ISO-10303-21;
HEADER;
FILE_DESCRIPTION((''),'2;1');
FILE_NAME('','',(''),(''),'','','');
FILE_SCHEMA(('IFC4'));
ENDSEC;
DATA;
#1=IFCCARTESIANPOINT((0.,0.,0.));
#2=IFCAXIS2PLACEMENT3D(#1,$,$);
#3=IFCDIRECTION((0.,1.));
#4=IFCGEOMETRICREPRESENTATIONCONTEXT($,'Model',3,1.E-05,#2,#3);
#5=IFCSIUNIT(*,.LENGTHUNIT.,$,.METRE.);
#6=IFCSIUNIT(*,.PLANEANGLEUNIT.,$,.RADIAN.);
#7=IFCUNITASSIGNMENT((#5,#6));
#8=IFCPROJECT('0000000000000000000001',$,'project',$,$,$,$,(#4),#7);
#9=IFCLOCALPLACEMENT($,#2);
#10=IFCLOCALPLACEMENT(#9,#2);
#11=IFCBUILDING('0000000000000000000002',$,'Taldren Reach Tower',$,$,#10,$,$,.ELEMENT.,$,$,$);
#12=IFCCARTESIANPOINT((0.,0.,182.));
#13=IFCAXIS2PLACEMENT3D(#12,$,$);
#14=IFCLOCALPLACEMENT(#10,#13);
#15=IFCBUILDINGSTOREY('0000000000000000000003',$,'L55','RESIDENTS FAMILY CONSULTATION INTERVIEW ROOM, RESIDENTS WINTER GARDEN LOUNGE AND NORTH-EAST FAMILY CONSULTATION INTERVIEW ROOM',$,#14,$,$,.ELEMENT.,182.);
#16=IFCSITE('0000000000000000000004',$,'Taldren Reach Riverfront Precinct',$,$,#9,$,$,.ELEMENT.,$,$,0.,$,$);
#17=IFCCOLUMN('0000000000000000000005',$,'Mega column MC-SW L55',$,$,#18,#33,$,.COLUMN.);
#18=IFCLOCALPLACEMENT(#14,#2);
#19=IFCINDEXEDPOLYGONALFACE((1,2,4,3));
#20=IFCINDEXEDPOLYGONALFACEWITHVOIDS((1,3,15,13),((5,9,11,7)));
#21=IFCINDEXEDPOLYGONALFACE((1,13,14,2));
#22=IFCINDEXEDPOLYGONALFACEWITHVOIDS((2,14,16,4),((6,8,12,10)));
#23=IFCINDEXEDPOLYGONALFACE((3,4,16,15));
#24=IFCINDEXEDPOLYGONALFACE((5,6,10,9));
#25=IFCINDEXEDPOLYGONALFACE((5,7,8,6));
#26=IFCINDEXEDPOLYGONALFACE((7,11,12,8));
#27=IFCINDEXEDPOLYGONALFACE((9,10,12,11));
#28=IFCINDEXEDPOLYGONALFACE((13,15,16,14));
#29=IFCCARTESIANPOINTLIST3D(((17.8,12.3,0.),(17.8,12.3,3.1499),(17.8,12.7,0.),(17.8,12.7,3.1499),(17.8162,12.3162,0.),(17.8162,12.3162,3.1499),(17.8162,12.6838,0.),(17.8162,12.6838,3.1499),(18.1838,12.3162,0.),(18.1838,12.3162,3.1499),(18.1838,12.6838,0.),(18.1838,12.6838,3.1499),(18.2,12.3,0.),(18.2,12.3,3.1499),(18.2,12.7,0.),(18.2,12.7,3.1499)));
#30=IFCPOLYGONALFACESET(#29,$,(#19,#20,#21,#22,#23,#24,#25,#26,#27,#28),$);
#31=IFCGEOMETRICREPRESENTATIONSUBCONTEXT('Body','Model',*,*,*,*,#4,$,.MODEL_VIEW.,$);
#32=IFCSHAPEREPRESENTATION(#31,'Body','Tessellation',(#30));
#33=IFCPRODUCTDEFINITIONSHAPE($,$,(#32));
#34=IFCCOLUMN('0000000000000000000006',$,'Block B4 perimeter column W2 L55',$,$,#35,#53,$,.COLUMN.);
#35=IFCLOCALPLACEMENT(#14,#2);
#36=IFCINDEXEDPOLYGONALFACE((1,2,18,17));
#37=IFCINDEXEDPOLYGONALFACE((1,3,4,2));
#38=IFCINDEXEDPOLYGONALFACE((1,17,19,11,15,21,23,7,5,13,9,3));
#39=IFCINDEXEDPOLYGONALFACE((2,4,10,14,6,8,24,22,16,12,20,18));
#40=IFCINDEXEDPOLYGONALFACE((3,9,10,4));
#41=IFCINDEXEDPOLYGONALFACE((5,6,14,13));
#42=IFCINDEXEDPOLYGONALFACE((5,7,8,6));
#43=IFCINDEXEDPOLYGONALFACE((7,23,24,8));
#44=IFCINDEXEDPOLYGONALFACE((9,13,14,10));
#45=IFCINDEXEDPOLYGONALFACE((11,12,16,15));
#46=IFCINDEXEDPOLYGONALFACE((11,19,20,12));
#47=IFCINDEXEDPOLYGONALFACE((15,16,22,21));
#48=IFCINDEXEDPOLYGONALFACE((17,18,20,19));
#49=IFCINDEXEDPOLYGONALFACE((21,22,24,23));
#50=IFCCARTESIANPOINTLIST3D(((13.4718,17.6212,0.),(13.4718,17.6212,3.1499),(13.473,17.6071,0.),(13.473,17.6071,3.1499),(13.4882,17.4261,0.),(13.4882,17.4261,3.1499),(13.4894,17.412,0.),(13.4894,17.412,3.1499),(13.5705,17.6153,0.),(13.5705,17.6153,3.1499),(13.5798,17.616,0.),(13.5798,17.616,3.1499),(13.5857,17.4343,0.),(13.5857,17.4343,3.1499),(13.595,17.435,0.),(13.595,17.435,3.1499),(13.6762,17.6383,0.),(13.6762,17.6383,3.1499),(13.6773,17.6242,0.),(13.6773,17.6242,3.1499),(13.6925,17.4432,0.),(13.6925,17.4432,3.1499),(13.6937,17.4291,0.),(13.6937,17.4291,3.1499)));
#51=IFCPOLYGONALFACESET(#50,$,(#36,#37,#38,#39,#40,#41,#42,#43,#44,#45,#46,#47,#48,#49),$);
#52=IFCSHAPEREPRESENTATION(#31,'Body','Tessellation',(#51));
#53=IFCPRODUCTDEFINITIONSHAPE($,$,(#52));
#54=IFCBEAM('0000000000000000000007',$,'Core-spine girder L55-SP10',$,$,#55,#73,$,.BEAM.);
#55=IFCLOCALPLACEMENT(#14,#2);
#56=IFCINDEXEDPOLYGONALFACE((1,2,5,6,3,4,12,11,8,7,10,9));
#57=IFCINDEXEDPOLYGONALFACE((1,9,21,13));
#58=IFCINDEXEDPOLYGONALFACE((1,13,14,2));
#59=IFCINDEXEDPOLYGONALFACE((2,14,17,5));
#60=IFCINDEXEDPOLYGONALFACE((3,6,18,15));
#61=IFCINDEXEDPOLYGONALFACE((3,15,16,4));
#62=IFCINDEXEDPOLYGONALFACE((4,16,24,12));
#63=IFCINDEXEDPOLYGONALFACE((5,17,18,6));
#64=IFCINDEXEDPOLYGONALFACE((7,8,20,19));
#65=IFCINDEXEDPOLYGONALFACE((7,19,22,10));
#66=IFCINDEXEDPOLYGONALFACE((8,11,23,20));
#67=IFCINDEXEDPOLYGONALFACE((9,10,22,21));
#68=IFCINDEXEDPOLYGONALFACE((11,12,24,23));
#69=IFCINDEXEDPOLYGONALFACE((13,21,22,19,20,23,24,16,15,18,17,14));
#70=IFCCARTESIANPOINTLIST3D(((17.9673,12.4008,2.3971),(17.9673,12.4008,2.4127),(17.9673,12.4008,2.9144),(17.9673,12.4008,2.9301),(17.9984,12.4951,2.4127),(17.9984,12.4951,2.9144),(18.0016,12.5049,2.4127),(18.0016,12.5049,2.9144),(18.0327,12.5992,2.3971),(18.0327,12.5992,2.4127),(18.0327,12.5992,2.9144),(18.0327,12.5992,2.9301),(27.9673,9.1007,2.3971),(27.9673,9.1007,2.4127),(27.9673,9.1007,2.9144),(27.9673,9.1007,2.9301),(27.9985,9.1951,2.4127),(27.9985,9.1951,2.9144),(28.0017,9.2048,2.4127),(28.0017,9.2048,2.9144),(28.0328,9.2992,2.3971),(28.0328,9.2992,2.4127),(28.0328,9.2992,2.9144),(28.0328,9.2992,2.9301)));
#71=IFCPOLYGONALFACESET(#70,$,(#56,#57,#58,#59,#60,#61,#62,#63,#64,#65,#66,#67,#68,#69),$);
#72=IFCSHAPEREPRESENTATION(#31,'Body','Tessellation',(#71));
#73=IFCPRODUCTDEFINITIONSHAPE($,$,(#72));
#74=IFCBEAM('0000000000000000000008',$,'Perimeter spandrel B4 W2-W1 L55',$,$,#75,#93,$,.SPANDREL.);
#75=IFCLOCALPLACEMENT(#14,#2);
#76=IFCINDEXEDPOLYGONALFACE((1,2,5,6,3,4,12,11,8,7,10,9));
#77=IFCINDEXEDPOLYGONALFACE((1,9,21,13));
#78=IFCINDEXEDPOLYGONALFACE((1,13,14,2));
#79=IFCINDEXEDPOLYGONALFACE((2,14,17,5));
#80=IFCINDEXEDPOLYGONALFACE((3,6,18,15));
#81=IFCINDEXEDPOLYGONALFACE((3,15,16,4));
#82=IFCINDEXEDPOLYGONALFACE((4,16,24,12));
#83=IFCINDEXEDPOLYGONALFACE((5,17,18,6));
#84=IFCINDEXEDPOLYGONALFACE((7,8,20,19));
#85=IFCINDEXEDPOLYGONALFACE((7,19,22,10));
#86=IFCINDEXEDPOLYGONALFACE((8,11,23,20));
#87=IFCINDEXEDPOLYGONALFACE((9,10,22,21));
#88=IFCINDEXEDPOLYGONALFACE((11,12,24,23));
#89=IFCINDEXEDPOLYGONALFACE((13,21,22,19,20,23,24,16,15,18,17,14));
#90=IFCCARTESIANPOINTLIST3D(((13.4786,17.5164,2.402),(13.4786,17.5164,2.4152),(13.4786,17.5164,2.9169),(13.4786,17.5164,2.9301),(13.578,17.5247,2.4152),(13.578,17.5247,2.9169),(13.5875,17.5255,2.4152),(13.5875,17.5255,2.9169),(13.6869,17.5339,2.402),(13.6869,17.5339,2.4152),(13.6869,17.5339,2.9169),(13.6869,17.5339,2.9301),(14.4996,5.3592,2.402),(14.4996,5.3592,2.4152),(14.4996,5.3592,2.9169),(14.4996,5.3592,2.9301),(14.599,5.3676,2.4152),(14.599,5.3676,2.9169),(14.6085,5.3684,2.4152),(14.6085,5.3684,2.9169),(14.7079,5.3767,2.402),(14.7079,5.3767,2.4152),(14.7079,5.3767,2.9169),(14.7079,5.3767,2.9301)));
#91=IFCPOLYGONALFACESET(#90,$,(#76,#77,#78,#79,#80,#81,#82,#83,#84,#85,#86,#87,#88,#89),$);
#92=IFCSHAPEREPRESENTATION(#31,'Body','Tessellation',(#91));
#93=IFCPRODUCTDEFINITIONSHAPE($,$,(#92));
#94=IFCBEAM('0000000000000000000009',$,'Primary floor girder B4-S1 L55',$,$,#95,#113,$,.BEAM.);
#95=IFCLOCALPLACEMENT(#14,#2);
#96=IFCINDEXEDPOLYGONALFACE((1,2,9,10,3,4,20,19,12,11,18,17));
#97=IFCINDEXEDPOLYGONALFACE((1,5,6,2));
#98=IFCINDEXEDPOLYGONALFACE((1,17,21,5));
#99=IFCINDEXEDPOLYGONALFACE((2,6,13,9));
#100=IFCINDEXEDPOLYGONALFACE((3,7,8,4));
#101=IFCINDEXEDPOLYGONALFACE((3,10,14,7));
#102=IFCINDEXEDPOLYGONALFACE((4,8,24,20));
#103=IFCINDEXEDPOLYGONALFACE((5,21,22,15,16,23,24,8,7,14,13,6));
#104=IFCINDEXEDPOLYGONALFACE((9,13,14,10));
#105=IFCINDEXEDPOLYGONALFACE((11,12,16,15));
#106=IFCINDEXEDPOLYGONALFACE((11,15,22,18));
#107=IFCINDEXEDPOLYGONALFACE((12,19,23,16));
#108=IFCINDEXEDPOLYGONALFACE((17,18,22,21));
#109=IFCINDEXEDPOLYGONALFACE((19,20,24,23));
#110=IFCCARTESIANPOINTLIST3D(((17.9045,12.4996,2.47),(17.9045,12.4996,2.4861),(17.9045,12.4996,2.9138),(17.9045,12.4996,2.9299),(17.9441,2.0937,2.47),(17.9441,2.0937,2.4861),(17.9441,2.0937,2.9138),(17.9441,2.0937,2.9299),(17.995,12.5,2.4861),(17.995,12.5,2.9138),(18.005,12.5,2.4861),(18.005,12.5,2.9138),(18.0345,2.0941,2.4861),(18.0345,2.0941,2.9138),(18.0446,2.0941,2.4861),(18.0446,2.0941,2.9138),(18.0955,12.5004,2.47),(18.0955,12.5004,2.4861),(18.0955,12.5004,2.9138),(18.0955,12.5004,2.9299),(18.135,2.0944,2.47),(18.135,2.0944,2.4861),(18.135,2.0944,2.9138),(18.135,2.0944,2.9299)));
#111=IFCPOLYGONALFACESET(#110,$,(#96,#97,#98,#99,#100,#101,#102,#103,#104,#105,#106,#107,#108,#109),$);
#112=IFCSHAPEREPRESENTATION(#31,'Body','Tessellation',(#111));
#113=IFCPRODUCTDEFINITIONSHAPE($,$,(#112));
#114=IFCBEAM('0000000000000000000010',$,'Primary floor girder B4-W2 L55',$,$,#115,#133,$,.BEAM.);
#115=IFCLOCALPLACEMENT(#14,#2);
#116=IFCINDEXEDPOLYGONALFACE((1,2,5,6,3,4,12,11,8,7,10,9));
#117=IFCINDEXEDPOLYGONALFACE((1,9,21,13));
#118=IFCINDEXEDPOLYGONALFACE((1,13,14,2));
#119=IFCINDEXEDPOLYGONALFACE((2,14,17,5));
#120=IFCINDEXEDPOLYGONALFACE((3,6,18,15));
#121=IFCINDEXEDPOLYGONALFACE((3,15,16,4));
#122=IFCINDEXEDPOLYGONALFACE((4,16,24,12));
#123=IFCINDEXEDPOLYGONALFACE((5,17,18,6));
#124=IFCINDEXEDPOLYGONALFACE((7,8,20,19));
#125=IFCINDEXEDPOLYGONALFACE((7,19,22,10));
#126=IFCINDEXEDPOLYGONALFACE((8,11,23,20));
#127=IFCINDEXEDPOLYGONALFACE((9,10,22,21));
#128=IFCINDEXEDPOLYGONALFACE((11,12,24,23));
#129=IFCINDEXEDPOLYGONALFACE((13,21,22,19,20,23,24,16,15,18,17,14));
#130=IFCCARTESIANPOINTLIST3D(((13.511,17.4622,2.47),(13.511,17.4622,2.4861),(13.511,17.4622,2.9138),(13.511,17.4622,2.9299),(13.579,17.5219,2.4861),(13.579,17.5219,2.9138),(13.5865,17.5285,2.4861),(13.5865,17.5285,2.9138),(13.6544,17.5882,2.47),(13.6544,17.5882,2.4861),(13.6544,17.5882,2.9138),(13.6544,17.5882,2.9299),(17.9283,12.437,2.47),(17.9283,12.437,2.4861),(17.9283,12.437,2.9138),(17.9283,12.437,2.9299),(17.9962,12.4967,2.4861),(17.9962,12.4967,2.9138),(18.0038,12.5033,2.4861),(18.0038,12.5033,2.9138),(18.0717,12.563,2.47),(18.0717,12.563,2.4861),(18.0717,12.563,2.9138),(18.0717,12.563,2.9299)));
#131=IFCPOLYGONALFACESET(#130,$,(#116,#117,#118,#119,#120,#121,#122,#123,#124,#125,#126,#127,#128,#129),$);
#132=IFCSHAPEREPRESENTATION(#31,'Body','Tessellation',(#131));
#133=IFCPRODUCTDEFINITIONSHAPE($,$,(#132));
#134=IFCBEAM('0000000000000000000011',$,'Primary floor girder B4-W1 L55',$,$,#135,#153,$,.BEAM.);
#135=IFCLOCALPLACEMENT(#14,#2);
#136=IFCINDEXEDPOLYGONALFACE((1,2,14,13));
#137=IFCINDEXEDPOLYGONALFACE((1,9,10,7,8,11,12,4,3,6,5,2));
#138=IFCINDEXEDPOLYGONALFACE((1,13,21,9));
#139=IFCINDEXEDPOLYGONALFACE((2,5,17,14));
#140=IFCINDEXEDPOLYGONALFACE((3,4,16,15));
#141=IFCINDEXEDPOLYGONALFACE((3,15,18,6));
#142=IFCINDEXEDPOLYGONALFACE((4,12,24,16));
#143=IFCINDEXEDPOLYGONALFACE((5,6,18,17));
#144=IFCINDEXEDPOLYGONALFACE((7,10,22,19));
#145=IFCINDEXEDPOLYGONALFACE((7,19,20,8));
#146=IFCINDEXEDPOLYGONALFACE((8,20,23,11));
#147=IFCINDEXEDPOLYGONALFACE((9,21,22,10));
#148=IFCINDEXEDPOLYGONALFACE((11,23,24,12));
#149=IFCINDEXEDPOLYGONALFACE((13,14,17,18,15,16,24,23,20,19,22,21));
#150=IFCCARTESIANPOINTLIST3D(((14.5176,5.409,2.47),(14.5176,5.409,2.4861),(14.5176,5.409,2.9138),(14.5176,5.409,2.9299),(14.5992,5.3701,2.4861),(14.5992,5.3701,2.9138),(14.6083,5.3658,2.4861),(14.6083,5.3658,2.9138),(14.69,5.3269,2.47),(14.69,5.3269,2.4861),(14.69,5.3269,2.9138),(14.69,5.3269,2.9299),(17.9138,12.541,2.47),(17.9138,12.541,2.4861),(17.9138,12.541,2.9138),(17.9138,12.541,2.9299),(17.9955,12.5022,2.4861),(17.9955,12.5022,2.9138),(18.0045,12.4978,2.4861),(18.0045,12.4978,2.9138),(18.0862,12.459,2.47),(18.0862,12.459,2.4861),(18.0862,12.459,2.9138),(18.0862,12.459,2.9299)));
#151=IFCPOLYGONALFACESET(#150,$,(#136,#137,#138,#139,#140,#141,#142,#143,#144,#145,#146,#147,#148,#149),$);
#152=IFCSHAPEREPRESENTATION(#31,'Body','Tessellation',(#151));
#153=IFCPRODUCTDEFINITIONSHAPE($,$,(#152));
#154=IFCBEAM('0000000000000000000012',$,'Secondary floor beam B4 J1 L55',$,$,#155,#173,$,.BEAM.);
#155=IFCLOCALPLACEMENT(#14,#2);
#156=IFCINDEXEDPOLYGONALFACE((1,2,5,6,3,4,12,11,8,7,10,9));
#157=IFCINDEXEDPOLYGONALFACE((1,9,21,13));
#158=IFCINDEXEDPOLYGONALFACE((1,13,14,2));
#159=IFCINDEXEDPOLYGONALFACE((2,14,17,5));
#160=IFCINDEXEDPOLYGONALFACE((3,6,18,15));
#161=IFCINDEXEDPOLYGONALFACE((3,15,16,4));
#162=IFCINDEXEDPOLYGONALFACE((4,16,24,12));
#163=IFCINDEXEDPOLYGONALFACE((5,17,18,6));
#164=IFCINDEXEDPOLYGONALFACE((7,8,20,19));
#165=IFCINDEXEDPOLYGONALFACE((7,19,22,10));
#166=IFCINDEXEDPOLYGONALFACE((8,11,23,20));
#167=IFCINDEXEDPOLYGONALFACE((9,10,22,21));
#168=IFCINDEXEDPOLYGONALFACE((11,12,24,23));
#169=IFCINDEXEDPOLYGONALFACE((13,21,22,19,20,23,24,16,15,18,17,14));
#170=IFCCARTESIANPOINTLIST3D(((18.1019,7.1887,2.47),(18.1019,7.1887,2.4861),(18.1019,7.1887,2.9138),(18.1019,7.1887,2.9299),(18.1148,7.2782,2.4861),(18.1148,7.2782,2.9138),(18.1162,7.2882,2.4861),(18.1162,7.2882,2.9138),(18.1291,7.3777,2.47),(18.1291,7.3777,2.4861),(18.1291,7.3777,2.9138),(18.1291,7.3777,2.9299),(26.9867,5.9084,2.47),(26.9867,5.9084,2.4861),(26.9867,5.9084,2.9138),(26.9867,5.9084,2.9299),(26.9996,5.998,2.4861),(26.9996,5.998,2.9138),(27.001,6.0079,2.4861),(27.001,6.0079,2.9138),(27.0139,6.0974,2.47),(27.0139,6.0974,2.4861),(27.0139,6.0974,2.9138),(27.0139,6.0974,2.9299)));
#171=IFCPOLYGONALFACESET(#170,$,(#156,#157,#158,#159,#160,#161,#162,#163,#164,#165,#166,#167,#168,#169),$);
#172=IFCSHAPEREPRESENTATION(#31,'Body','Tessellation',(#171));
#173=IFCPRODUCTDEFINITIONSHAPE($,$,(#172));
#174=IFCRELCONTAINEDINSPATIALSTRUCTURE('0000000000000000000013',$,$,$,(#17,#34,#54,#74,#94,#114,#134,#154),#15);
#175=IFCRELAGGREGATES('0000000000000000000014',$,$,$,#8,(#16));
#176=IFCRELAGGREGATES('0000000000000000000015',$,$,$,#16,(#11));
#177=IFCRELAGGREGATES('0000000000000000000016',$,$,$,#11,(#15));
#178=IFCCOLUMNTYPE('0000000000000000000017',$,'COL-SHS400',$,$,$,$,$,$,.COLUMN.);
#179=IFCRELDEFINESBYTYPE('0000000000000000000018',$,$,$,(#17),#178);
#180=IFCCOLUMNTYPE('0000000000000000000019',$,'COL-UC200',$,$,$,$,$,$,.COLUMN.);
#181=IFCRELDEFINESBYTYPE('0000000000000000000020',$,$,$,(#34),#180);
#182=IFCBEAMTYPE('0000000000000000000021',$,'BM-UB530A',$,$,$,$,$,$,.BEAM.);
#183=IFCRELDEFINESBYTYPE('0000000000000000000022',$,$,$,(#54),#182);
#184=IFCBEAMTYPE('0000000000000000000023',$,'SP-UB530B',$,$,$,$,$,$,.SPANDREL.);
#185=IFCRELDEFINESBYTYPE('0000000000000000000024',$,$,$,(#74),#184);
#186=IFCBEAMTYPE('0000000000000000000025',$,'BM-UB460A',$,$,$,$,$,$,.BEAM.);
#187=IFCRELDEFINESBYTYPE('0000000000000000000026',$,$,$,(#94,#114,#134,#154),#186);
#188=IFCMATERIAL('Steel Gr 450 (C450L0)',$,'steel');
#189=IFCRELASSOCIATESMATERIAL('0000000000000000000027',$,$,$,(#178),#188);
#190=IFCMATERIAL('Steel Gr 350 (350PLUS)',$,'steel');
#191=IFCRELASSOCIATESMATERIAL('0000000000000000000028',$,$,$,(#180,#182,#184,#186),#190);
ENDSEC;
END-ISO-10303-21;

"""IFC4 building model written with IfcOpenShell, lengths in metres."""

from ifc_helpers import new_model, si_unit, direction, frame, origin, origin_2d, place, context, subcontext, project, spatial, hollow_rectangle, i_section, extrude, source, transform, mapped, material, material_profile, profile_set, type_object, element, save


model = new_model("IFC4")

# Units and contexts
model_context = context("Model", 3, precision=1e-05, world=origin(), true_north=direction((0.0, 1.0)))
body_context = subcontext(model_context, "Body", "Model", "MODEL_VIEW")
ifc_project = project(units=[si_unit("LENGTHUNIT", "METRE"), si_unit("PLANEANGLEUNIT", "RADIAN")], contexts=[model_context])

# Site, building, storey
site_placement = place(None, origin())
site = spatial("IfcSite", under=ifc_project, at=site_placement, Name="Taldren Reach Riverfront Precinct", CompositionType="ELEMENT", RefElevation=0.0)
building_placement = place(site_placement, origin())
building = spatial("IfcBuilding", under=site, at=building_placement, Name="Taldren Reach Tower", CompositionType="ELEMENT")
storey_placement = place(building_placement, frame((0.0, 0.0, 182.0)))
storey = spatial("IfcBuildingStorey", under=building, at=storey_placement, Name="L55", Description="RESIDENTS FAMILY CONSULTATION INTERVIEW ROOM, RESIDENTS WINTER GARDEN LOUNGE AND NORTH-EAST FAMILY CONSULTATION INTERVIEW ROOM", CompositionType="ELEMENT", Elevation=182.0)

# Columns
ifc_material_1 = material(Name="Steel Gr 450 (C450L0)", Category="steel")
ifc_material_profile_1 = material_profile(ifc_material_1, hollow_rectangle(XDim=0.3999, YDim=0.3999, WallThickness=0.0161, at=origin_2d()), Name="400x400x16.0SHS")
ifc_profile_set_1 = profile_set([ifc_material_profile_1], Name="Steel Gr 450 (C450L0)")
column_type_1 = type_object("IfcColumnType", Name="COL-SHS400", PredefinedType="COLUMN", material=ifc_profile_set_1)
shared_shape_1 = source(origin(), body_context, "Body", "SweptSolid", [
    extrude(hollow_rectangle(XDim=0.3999, YDim=0.3999, WallThickness=0.0161, at=origin_2d()), origin(), (0.0, 0.0, 1.0), 3.1499),
])
column_1_placement = place(storey_placement, frame((18.0, 12.5, 0.0), z_axis=(0.0, 0.0, 1.0), x_axis=(1.0, 0.0, 0.0)))
element("IfcColumn", 1, at=column_1_placement, inside=storey, type_object=column_type_1, Name="Mega column MC-SW L55", PredefinedType="COLUMN", context=body_context, shape_type="MappedRepresentation", body=[
    mapped(shared_shape_1, transform((0.0, 0.0, 0.0), scale=1.0)),
])
ifc_material_2 = material(Name="Steel Gr 350 (350PLUS)", Category="steel")
ifc_material_profile_2 = material_profile(ifc_material_2, i_section(OverallWidth=0.2051, OverallDepth=0.21, WebThickness=0.0093, FlangeThickness=0.0142, at=origin_2d()), Name="200UC59.5")
ifc_profile_set_2 = profile_set([ifc_material_profile_2], Name="Steel Gr 350 (350PLUS)")
column_type_2 = type_object("IfcColumnType", Name="COL-UC200", PredefinedType="COLUMN", material=ifc_profile_set_2)
shared_shape_2 = source(origin(), body_context, "Body", "SweptSolid", [
    extrude(i_section(OverallWidth=0.2051, OverallDepth=0.21, WebThickness=0.0093, FlangeThickness=0.0142, at=origin_2d()), origin(), (0.0, 0.0, 1.0), 3.1499),
])
column_2_placement = place(storey_placement, frame((13.5828, 17.5251, 0.0), z_axis=(0.0, 0.0, 1.0), x_axis=(0.996493, 0.083678, 0.0)))
element("IfcColumn", 2, at=column_2_placement, inside=storey, type_object=column_type_2, Name="Block B4 perimeter column W2 L55", PredefinedType="COLUMN", context=body_context, shape_type="MappedRepresentation", body=[
    mapped(shared_shape_2, transform((0.0, 0.0, 0.0), scale=1.0)),
])

# Beams
ifc_material_profile_3 = material_profile(ifc_material_2, i_section(OverallWidth=0.209, OverallDepth=0.533, WebThickness=0.0103, FlangeThickness=0.0156, at=origin_2d()), Name="530UB92.4")
ifc_profile_set_3 = profile_set([ifc_material_profile_3], Name="Steel Gr 350 (350PLUS)")
beam_type_1 = type_object("IfcBeamType", Name="BM-UB530A", PredefinedType="BEAM", material=ifc_profile_set_3)
shared_shape_3 = source(origin(), body_context, "Body", "SweptSolid", [
    extrude(i_section(OverallWidth=0.209, OverallDepth=0.533, WebThickness=0.0103, FlangeThickness=0.0156, at=origin_2d()), origin(), (0.0, 0.0, 1.0), 10.5305),
])
beam_1_placement = place(storey_placement, frame((18.0, 12.5, 2.6636), z_axis=(0.949627, -0.313382, 0.0), x_axis=(0.313382, 0.949627, 0.0)))
element("IfcBeam", 3, at=beam_1_placement, inside=storey, type_object=beam_type_1, Name="Core-spine girder L55-SP10", PredefinedType="BEAM", context=body_context, shape_type="MappedRepresentation", body=[
    mapped(shared_shape_3, transform((0.0, 0.0, 0.0), scale=1.0)),
])
ifc_material_profile_4 = material_profile(ifc_material_2, i_section(OverallWidth=0.209, OverallDepth=0.5281, WebThickness=0.0095, FlangeThickness=0.0132, at=origin_2d()), Name="530UB82.0")
ifc_profile_set_4 = profile_set([ifc_material_profile_4], Name="Steel Gr 350 (350PLUS)")
beam_type_2 = type_object("IfcBeamType", Name="SP-UB530B", PredefinedType="SPANDREL", material=ifc_profile_set_4)
shared_shape_4 = source(origin(), body_context, "Body", "SweptSolid", [
    extrude(i_section(OverallWidth=0.209, OverallDepth=0.5281, WebThickness=0.0095, FlangeThickness=0.0132, at=origin_2d()), origin(), (0.0, 0.0, 1.0), 12.2),
])
beam_2_placement = place(storey_placement, frame((13.5828, 17.5251, 2.666), z_axis=(0.083688, -0.996492, 0.0), x_axis=(0.996492, 0.083688, 0.0)))
element("IfcBeam", 4, at=beam_2_placement, inside=storey, type_object=beam_type_2, Name="Perimeter spandrel B4 W2-W1 L55", PredefinedType="SPANDREL", context=body_context, shape_type="MappedRepresentation", body=[
    mapped(shared_shape_4, transform((0.0, 0.0, 0.0), scale=1.0)),
])
ifc_material_profile_5 = material_profile(ifc_material_2, i_section(OverallWidth=0.1909, OverallDepth=0.46, WebThickness=0.01, FlangeThickness=0.0161, at=origin_2d()), Name="460UB82.1")
ifc_profile_set_5 = profile_set([ifc_material_profile_5], Name="Steel Gr 350 (350PLUS)")
beam_type_3 = type_object("IfcBeamType", Name="BM-UB460A", PredefinedType="BEAM", material=ifc_profile_set_5)
shared_shape_5 = source(origin(), body_context, "Body", "SweptSolid", [
    extrude(i_section(OverallWidth=0.1909, OverallDepth=0.46, WebThickness=0.01, FlangeThickness=0.0161, at=origin_2d()), origin(), (0.0, 0.0, 1.0), 10.406),
])
beam_3_placement = place(storey_placement, frame((18.0, 12.5, 2.7), z_axis=(0.003801, -0.999993, 0.0), x_axis=(0.999993, 0.003801, 0.0)))
element("IfcBeam", 5, at=beam_3_placement, inside=storey, type_object=beam_type_3, Name="Primary floor girder B4-S1 L55", PredefinedType="BEAM", context=body_context, shape_type="MappedRepresentation", body=[
    mapped(shared_shape_5, transform((0.0, 0.0, 0.0), scale=1.0)),
])
shared_shape_6 = source(origin(), body_context, "Body", "SweptSolid", [
    extrude(i_section(OverallWidth=0.1909, OverallDepth=0.46, WebThickness=0.01, FlangeThickness=0.0161, at=origin_2d()), origin(), (0.0, 0.0, 1.0), 6.6907),
])
beam_4_placement = place(storey_placement, frame((18.0, 12.5, 2.7), z_axis=(-0.660216, 0.751076, 0.0), x_axis=(-0.751076, -0.660216, 0.0)))
element("IfcBeam", 6, at=beam_4_placement, inside=storey, type_object=beam_type_3, Name="Primary floor girder B4-W2 L55", PredefinedType="BEAM", context=body_context, shape_type="MappedRepresentation", body=[
    mapped(shared_shape_6, transform((0.0, 0.0, 0.0), scale=1.0)),
])
shared_shape_7 = source(origin(), body_context, "Body", "SweptSolid", [
    extrude(i_section(OverallWidth=0.1909, OverallDepth=0.46, WebThickness=0.01, FlangeThickness=0.0161, at=origin_2d()), origin(), (0.0, 0.0, 1.0), 7.8994),
])
beam_5_placement = place(storey_placement, frame((18.0, 12.5, 2.7), z_axis=(-0.429935, -0.90286, 0.0), x_axis=(0.90286, -0.429935, 0.0)))
element("IfcBeam", 7, at=beam_5_placement, inside=storey, type_object=beam_type_3, Name="Primary floor girder B4-W1 L55", PredefinedType="BEAM", context=body_context, shape_type="MappedRepresentation", body=[
    mapped(shared_shape_7, transform((0.0, 0.0, 0.0), scale=1.0)),
])
shared_shape_8 = source(origin(), body_context, "Body", "SweptSolid", [
    extrude(i_section(OverallWidth=0.1909, OverallDepth=0.46, WebThickness=0.01, FlangeThickness=0.0161, at=origin_2d()), origin(), (0.0, 0.0, 1.0), 8.9766),
])
beam_6_placement = place(storey_placement, frame((18.1155, 7.2832, 2.7), z_axis=(0.989777, -0.142624, 0.0), x_axis=(0.142624, 0.989777, 0.0)))
element("IfcBeam", 8, at=beam_6_placement, inside=storey, type_object=beam_type_3, Name="Secondary floor beam B4 J1 L55", PredefinedType="BEAM", context=body_context, shape_type="MappedRepresentation", body=[
    mapped(shared_shape_8, transform((0.0, 0.0, 0.0), scale=1.0)),
])

save(model, "model.ifc")
